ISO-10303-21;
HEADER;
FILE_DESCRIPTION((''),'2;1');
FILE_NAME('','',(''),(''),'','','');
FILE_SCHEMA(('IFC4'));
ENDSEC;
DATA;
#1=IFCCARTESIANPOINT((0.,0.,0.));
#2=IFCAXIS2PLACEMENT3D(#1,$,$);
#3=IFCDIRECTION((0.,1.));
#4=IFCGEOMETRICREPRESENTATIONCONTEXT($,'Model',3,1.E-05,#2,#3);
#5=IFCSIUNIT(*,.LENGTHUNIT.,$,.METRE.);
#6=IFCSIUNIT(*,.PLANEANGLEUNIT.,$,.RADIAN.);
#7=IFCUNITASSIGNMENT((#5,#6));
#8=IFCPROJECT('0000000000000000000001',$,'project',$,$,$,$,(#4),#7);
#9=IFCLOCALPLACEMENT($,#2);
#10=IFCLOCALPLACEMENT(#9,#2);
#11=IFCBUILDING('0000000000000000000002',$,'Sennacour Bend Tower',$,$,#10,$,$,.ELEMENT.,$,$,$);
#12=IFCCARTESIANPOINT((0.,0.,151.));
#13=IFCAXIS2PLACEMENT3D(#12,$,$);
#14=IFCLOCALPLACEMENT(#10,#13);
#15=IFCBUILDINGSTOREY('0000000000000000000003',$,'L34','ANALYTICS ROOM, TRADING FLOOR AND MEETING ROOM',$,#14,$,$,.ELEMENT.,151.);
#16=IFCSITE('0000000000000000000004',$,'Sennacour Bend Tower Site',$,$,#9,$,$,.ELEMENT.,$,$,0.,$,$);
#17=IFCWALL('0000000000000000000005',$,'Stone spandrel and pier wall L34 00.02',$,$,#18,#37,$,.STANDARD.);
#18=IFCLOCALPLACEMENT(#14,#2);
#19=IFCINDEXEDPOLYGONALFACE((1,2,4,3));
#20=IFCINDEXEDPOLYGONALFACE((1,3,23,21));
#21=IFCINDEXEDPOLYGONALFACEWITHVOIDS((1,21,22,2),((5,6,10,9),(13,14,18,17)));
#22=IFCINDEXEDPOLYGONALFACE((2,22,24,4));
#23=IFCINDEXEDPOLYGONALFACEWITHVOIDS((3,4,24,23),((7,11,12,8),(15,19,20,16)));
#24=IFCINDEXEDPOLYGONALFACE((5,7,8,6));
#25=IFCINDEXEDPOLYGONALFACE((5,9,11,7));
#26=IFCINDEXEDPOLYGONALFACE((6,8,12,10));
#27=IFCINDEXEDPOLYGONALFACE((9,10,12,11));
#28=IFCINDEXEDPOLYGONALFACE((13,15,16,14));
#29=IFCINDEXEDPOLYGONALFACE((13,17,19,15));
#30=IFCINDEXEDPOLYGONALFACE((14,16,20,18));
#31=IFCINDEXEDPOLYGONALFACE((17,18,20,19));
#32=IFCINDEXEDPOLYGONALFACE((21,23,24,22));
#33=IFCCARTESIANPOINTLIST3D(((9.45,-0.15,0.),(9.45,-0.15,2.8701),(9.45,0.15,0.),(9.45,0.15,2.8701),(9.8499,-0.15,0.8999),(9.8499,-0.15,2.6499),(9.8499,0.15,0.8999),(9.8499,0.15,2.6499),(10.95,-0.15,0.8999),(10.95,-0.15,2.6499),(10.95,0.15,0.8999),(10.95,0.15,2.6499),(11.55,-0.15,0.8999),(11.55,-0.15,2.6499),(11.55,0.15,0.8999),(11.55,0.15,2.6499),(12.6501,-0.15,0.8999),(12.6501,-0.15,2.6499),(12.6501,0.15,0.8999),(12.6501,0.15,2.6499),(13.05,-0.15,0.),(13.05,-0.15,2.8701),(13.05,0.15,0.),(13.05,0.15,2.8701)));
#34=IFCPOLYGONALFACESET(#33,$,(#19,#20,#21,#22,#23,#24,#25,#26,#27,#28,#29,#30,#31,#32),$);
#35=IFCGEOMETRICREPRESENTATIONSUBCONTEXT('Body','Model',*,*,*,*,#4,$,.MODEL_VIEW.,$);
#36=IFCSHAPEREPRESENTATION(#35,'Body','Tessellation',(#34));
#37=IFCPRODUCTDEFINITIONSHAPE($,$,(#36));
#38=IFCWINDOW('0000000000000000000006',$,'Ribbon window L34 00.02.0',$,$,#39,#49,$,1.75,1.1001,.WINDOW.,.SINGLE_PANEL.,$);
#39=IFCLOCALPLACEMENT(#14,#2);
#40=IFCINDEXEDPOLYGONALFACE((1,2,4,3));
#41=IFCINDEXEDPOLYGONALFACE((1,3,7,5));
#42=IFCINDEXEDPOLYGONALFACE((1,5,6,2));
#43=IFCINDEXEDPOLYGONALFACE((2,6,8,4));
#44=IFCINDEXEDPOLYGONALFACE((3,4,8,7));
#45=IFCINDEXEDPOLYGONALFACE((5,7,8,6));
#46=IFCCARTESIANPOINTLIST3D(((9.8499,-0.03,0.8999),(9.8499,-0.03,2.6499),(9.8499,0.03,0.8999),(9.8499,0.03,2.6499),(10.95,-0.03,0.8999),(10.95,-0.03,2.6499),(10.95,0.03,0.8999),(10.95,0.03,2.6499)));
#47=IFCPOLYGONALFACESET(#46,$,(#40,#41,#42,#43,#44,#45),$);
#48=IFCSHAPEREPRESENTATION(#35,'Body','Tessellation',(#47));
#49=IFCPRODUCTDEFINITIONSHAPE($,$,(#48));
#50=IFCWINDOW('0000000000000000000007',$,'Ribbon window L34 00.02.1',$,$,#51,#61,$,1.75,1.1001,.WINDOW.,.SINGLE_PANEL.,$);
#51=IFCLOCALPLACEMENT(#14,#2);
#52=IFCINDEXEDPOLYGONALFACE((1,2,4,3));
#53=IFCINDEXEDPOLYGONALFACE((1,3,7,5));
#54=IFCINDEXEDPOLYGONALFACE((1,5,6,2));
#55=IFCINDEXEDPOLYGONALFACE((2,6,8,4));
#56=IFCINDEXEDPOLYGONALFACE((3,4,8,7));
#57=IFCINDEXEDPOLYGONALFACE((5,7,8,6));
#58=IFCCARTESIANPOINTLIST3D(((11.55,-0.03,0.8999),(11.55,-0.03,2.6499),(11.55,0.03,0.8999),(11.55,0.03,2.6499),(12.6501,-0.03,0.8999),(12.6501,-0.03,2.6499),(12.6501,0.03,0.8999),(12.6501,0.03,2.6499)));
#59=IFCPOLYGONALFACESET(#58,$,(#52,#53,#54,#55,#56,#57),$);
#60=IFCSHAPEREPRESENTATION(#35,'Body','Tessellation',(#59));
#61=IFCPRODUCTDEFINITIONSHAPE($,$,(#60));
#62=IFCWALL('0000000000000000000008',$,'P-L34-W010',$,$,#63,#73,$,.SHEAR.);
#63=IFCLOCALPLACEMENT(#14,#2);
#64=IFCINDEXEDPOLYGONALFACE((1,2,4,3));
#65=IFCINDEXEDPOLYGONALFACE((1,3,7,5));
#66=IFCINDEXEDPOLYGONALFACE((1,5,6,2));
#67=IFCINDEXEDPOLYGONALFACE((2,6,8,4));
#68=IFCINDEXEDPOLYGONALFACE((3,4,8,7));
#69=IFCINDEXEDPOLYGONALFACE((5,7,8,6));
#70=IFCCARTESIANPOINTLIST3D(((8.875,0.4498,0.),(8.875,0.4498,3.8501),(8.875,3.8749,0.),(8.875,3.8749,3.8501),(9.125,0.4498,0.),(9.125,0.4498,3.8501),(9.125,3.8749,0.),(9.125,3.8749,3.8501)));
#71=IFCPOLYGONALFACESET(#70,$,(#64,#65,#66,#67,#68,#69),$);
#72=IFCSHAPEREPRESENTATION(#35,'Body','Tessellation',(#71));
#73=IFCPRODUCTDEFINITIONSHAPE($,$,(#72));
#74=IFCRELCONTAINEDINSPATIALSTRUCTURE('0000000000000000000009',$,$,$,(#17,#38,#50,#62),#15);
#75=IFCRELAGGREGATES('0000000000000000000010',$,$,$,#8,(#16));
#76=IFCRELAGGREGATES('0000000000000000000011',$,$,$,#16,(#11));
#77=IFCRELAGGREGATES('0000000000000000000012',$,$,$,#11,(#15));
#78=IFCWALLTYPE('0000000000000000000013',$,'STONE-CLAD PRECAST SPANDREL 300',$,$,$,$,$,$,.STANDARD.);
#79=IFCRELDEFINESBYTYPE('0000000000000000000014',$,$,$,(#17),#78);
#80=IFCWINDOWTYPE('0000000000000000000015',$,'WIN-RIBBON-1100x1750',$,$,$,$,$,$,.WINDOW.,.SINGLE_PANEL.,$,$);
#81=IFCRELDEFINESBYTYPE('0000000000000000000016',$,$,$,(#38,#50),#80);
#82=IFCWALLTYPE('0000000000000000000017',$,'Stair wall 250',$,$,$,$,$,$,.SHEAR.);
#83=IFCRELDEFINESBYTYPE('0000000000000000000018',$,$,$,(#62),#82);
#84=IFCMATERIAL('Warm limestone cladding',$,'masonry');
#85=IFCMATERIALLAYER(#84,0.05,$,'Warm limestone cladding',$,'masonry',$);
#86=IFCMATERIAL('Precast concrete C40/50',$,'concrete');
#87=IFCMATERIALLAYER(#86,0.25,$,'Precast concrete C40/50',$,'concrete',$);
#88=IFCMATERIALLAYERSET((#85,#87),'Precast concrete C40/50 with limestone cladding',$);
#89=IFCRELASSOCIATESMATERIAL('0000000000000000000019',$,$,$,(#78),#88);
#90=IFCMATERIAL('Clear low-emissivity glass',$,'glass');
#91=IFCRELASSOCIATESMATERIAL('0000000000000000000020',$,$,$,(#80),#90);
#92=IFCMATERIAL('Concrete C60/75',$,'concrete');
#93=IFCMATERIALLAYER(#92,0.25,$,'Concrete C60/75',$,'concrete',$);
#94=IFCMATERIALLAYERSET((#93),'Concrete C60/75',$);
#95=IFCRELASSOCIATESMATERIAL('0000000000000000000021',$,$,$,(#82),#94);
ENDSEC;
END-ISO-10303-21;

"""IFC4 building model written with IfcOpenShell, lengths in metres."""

from ifc_helpers import new_model, si_unit, direction, frame, frame_2d, origin, place, context, subcontext, project, spatial, rectangle, extrude, material, layer, layer_set, type_object, element, fill, save


model = new_model("IFC4")

# Units and contexts
model_context = context("Model", 3, precision=1e-05, world=origin(), true_north=direction((0.0, 1.0)))
body_context = subcontext(model_context, "Body", "Model", "MODEL_VIEW")
ifc_project = project(units=[si_unit("LENGTHUNIT", "METRE"), si_unit("PLANEANGLEUNIT", "RADIAN")], contexts=[model_context])

# Site, building, storey
site_placement = place(None, origin())
site = spatial("IfcSite", under=ifc_project, at=site_placement, Name="Sennacour Bend Tower Site", CompositionType="ELEMENT", RefElevation=0.0)
building_placement = place(site_placement, origin())
building = spatial("IfcBuilding", under=site, at=building_placement, Name="Sennacour Bend Tower", CompositionType="ELEMENT")
storey_placement = place(building_placement, frame((0.0, 0.0, 151.0)))
storey = spatial("IfcBuildingStorey", under=building, at=storey_placement, Name="L34", Description="ANALYTICS ROOM, TRADING FLOOR AND MEETING ROOM", CompositionType="ELEMENT", Elevation=151.0)

# Wall, openings, windows
ifc_material_1 = material(Name="Warm limestone cladding", Category="masonry")
ifc_layer_1 = layer(ifc_material_1, 0.05, Name="Warm limestone cladding", Category="masonry")
ifc_material_2 = material(Name="Precast concrete C40/50", Category="concrete")
ifc_layer_2 = layer(ifc_material_2, 0.25, Name="Precast concrete C40/50", Category="concrete")
ifc_layer_set_1 = layer_set([ifc_layer_1, ifc_layer_2], Name="Precast concrete C40/50 with limestone cladding")
wall_type_1 = type_object("IfcWallType", Name="STONE-CLAD PRECAST SPANDREL 300", PredefinedType="STANDARD", material=ifc_layer_set_1)
ifc_material_3 = material(Name="Clear low-emissivity glass", Category="glass")
wall_1_placement = place(storey_placement, frame((9.45, 0.0, 0.0), z_axis=(0.0, 0.0, 1.0), x_axis=(1.0, 0.0, 0.0)))
wall_1 = element("IfcWall", 1, at=wall_1_placement, inside=storey, type_object=wall_type_1, Name="Stone spandrel and pier wall L34 00.02", PredefinedType="STANDARD", context=body_context, shape_type="SweptSolid", body=[
    extrude(rectangle(XDim=3.6001, YDim=0.3, at=frame_2d((1.8, 0.0))), origin(), (0.0, 0.0, 1.0), 2.8701),
])
opening_1_placement = place(wall_1_placement, frame((0.3999, 0.0, 0.8999)))
opening_1 = element("IfcOpeningElement", 2, at=opening_1_placement, cuts=wall_1, PredefinedType="OPENING", context=body_context, shape_type="SweptSolid", body=[
    extrude(rectangle(XDim=1.1001, YDim=1.75, at=frame_2d((0.55, 0.875))), frame((0.0, 0.1602, 0.0), z_axis=(0.0, -1.0, 0.0), x_axis=(1.0, 0.0, 0.0)), (0.0, 0.0, 1.0), 0.3201),
])
opening_2_placement = place(wall_1_placement, frame((2.1001, 0.0, 0.8999)))
opening_2 = element("IfcOpeningElement", 3, at=opening_2_placement, cuts=wall_1, PredefinedType="OPENING", context=body_context, shape_type="SweptSolid", body=[
    extrude(rectangle(XDim=1.1001, YDim=1.75, at=frame_2d((0.55, 0.875))), frame((0.0, 0.1602, 0.0), z_axis=(0.0, -1.0, 0.0), x_axis=(1.0, 0.0, 0.0)), (0.0, 0.0, 1.0), 0.3201),
])
window_type_1 = type_object("IfcWindowType", Name="WIN-RIBBON-1100x1750", PartitioningType="SINGLE_PANEL", PredefinedType="WINDOW", material=ifc_material_3)
window_1_placement = place(opening_1_placement, origin())
window_1 = element("IfcWindow", 4, at=window_1_placement, inside=storey, type_object=window_type_1, Name="Ribbon window L34 00.02.0", OverallHeight=1.75, OverallWidth=1.1001, PartitioningType="SINGLE_PANEL", PredefinedType="WINDOW", context=body_context, shape_type="SweptSolid", body=[
    extrude(rectangle(XDim=1.1001, YDim=1.75, at=frame_2d((0.55, 0.875))), frame((0.0, 0.03, 0.0), z_axis=(0.0, -1.0, 0.0), x_axis=(1.0, 0.0, 0.0)), (0.0, 0.0, 1.0), 0.0601),
])
fill(opening_1, window_1)
window_2_placement = place(opening_2_placement, origin())
window_2 = element("IfcWindow", 5, at=window_2_placement, inside=storey, type_object=window_type_1, Name="Ribbon window L34 00.02.1", OverallHeight=1.75, OverallWidth=1.1001, PartitioningType="SINGLE_PANEL", PredefinedType="WINDOW", context=body_context, shape_type="SweptSolid", body=[
    extrude(rectangle(XDim=1.1001, YDim=1.75, at=frame_2d((0.55, 0.875))), frame((0.0, 0.03, 0.0), z_axis=(0.0, -1.0, 0.0), x_axis=(1.0, 0.0, 0.0)), (0.0, 0.0, 1.0), 0.0601),
])
fill(opening_2, window_2)

# Wall
ifc_material_4 = material(Name="Concrete C60/75", Category="concrete")
ifc_layer_3 = layer(ifc_material_4, 0.25, Name="Concrete C60/75", Category="concrete")
ifc_layer_set_2 = layer_set([ifc_layer_3], Name="Concrete C60/75")
wall_type_2 = type_object("IfcWallType", Name="Stair wall 250", PredefinedType="SHEAR", material=ifc_layer_set_2)
wall_2_placement = place(storey_placement, frame((9.0, 0.45, 0.0), z_axis=(0.0, 0.0, 1.0), x_axis=(0.0, 1.0, 0.0)))
element("IfcWall", 6, at=wall_2_placement, inside=storey, type_object=wall_type_2, Name="P-L34-W010", PredefinedType="SHEAR", context=body_context, shape_type="SweptSolid", body=[
    extrude(rectangle(XDim=3.425, YDim=0.25, at=frame_2d((1.7124, 0.0))), origin(), (0.0, 0.0, 1.0), 3.8501),
])

save(model, "model.ifc")
